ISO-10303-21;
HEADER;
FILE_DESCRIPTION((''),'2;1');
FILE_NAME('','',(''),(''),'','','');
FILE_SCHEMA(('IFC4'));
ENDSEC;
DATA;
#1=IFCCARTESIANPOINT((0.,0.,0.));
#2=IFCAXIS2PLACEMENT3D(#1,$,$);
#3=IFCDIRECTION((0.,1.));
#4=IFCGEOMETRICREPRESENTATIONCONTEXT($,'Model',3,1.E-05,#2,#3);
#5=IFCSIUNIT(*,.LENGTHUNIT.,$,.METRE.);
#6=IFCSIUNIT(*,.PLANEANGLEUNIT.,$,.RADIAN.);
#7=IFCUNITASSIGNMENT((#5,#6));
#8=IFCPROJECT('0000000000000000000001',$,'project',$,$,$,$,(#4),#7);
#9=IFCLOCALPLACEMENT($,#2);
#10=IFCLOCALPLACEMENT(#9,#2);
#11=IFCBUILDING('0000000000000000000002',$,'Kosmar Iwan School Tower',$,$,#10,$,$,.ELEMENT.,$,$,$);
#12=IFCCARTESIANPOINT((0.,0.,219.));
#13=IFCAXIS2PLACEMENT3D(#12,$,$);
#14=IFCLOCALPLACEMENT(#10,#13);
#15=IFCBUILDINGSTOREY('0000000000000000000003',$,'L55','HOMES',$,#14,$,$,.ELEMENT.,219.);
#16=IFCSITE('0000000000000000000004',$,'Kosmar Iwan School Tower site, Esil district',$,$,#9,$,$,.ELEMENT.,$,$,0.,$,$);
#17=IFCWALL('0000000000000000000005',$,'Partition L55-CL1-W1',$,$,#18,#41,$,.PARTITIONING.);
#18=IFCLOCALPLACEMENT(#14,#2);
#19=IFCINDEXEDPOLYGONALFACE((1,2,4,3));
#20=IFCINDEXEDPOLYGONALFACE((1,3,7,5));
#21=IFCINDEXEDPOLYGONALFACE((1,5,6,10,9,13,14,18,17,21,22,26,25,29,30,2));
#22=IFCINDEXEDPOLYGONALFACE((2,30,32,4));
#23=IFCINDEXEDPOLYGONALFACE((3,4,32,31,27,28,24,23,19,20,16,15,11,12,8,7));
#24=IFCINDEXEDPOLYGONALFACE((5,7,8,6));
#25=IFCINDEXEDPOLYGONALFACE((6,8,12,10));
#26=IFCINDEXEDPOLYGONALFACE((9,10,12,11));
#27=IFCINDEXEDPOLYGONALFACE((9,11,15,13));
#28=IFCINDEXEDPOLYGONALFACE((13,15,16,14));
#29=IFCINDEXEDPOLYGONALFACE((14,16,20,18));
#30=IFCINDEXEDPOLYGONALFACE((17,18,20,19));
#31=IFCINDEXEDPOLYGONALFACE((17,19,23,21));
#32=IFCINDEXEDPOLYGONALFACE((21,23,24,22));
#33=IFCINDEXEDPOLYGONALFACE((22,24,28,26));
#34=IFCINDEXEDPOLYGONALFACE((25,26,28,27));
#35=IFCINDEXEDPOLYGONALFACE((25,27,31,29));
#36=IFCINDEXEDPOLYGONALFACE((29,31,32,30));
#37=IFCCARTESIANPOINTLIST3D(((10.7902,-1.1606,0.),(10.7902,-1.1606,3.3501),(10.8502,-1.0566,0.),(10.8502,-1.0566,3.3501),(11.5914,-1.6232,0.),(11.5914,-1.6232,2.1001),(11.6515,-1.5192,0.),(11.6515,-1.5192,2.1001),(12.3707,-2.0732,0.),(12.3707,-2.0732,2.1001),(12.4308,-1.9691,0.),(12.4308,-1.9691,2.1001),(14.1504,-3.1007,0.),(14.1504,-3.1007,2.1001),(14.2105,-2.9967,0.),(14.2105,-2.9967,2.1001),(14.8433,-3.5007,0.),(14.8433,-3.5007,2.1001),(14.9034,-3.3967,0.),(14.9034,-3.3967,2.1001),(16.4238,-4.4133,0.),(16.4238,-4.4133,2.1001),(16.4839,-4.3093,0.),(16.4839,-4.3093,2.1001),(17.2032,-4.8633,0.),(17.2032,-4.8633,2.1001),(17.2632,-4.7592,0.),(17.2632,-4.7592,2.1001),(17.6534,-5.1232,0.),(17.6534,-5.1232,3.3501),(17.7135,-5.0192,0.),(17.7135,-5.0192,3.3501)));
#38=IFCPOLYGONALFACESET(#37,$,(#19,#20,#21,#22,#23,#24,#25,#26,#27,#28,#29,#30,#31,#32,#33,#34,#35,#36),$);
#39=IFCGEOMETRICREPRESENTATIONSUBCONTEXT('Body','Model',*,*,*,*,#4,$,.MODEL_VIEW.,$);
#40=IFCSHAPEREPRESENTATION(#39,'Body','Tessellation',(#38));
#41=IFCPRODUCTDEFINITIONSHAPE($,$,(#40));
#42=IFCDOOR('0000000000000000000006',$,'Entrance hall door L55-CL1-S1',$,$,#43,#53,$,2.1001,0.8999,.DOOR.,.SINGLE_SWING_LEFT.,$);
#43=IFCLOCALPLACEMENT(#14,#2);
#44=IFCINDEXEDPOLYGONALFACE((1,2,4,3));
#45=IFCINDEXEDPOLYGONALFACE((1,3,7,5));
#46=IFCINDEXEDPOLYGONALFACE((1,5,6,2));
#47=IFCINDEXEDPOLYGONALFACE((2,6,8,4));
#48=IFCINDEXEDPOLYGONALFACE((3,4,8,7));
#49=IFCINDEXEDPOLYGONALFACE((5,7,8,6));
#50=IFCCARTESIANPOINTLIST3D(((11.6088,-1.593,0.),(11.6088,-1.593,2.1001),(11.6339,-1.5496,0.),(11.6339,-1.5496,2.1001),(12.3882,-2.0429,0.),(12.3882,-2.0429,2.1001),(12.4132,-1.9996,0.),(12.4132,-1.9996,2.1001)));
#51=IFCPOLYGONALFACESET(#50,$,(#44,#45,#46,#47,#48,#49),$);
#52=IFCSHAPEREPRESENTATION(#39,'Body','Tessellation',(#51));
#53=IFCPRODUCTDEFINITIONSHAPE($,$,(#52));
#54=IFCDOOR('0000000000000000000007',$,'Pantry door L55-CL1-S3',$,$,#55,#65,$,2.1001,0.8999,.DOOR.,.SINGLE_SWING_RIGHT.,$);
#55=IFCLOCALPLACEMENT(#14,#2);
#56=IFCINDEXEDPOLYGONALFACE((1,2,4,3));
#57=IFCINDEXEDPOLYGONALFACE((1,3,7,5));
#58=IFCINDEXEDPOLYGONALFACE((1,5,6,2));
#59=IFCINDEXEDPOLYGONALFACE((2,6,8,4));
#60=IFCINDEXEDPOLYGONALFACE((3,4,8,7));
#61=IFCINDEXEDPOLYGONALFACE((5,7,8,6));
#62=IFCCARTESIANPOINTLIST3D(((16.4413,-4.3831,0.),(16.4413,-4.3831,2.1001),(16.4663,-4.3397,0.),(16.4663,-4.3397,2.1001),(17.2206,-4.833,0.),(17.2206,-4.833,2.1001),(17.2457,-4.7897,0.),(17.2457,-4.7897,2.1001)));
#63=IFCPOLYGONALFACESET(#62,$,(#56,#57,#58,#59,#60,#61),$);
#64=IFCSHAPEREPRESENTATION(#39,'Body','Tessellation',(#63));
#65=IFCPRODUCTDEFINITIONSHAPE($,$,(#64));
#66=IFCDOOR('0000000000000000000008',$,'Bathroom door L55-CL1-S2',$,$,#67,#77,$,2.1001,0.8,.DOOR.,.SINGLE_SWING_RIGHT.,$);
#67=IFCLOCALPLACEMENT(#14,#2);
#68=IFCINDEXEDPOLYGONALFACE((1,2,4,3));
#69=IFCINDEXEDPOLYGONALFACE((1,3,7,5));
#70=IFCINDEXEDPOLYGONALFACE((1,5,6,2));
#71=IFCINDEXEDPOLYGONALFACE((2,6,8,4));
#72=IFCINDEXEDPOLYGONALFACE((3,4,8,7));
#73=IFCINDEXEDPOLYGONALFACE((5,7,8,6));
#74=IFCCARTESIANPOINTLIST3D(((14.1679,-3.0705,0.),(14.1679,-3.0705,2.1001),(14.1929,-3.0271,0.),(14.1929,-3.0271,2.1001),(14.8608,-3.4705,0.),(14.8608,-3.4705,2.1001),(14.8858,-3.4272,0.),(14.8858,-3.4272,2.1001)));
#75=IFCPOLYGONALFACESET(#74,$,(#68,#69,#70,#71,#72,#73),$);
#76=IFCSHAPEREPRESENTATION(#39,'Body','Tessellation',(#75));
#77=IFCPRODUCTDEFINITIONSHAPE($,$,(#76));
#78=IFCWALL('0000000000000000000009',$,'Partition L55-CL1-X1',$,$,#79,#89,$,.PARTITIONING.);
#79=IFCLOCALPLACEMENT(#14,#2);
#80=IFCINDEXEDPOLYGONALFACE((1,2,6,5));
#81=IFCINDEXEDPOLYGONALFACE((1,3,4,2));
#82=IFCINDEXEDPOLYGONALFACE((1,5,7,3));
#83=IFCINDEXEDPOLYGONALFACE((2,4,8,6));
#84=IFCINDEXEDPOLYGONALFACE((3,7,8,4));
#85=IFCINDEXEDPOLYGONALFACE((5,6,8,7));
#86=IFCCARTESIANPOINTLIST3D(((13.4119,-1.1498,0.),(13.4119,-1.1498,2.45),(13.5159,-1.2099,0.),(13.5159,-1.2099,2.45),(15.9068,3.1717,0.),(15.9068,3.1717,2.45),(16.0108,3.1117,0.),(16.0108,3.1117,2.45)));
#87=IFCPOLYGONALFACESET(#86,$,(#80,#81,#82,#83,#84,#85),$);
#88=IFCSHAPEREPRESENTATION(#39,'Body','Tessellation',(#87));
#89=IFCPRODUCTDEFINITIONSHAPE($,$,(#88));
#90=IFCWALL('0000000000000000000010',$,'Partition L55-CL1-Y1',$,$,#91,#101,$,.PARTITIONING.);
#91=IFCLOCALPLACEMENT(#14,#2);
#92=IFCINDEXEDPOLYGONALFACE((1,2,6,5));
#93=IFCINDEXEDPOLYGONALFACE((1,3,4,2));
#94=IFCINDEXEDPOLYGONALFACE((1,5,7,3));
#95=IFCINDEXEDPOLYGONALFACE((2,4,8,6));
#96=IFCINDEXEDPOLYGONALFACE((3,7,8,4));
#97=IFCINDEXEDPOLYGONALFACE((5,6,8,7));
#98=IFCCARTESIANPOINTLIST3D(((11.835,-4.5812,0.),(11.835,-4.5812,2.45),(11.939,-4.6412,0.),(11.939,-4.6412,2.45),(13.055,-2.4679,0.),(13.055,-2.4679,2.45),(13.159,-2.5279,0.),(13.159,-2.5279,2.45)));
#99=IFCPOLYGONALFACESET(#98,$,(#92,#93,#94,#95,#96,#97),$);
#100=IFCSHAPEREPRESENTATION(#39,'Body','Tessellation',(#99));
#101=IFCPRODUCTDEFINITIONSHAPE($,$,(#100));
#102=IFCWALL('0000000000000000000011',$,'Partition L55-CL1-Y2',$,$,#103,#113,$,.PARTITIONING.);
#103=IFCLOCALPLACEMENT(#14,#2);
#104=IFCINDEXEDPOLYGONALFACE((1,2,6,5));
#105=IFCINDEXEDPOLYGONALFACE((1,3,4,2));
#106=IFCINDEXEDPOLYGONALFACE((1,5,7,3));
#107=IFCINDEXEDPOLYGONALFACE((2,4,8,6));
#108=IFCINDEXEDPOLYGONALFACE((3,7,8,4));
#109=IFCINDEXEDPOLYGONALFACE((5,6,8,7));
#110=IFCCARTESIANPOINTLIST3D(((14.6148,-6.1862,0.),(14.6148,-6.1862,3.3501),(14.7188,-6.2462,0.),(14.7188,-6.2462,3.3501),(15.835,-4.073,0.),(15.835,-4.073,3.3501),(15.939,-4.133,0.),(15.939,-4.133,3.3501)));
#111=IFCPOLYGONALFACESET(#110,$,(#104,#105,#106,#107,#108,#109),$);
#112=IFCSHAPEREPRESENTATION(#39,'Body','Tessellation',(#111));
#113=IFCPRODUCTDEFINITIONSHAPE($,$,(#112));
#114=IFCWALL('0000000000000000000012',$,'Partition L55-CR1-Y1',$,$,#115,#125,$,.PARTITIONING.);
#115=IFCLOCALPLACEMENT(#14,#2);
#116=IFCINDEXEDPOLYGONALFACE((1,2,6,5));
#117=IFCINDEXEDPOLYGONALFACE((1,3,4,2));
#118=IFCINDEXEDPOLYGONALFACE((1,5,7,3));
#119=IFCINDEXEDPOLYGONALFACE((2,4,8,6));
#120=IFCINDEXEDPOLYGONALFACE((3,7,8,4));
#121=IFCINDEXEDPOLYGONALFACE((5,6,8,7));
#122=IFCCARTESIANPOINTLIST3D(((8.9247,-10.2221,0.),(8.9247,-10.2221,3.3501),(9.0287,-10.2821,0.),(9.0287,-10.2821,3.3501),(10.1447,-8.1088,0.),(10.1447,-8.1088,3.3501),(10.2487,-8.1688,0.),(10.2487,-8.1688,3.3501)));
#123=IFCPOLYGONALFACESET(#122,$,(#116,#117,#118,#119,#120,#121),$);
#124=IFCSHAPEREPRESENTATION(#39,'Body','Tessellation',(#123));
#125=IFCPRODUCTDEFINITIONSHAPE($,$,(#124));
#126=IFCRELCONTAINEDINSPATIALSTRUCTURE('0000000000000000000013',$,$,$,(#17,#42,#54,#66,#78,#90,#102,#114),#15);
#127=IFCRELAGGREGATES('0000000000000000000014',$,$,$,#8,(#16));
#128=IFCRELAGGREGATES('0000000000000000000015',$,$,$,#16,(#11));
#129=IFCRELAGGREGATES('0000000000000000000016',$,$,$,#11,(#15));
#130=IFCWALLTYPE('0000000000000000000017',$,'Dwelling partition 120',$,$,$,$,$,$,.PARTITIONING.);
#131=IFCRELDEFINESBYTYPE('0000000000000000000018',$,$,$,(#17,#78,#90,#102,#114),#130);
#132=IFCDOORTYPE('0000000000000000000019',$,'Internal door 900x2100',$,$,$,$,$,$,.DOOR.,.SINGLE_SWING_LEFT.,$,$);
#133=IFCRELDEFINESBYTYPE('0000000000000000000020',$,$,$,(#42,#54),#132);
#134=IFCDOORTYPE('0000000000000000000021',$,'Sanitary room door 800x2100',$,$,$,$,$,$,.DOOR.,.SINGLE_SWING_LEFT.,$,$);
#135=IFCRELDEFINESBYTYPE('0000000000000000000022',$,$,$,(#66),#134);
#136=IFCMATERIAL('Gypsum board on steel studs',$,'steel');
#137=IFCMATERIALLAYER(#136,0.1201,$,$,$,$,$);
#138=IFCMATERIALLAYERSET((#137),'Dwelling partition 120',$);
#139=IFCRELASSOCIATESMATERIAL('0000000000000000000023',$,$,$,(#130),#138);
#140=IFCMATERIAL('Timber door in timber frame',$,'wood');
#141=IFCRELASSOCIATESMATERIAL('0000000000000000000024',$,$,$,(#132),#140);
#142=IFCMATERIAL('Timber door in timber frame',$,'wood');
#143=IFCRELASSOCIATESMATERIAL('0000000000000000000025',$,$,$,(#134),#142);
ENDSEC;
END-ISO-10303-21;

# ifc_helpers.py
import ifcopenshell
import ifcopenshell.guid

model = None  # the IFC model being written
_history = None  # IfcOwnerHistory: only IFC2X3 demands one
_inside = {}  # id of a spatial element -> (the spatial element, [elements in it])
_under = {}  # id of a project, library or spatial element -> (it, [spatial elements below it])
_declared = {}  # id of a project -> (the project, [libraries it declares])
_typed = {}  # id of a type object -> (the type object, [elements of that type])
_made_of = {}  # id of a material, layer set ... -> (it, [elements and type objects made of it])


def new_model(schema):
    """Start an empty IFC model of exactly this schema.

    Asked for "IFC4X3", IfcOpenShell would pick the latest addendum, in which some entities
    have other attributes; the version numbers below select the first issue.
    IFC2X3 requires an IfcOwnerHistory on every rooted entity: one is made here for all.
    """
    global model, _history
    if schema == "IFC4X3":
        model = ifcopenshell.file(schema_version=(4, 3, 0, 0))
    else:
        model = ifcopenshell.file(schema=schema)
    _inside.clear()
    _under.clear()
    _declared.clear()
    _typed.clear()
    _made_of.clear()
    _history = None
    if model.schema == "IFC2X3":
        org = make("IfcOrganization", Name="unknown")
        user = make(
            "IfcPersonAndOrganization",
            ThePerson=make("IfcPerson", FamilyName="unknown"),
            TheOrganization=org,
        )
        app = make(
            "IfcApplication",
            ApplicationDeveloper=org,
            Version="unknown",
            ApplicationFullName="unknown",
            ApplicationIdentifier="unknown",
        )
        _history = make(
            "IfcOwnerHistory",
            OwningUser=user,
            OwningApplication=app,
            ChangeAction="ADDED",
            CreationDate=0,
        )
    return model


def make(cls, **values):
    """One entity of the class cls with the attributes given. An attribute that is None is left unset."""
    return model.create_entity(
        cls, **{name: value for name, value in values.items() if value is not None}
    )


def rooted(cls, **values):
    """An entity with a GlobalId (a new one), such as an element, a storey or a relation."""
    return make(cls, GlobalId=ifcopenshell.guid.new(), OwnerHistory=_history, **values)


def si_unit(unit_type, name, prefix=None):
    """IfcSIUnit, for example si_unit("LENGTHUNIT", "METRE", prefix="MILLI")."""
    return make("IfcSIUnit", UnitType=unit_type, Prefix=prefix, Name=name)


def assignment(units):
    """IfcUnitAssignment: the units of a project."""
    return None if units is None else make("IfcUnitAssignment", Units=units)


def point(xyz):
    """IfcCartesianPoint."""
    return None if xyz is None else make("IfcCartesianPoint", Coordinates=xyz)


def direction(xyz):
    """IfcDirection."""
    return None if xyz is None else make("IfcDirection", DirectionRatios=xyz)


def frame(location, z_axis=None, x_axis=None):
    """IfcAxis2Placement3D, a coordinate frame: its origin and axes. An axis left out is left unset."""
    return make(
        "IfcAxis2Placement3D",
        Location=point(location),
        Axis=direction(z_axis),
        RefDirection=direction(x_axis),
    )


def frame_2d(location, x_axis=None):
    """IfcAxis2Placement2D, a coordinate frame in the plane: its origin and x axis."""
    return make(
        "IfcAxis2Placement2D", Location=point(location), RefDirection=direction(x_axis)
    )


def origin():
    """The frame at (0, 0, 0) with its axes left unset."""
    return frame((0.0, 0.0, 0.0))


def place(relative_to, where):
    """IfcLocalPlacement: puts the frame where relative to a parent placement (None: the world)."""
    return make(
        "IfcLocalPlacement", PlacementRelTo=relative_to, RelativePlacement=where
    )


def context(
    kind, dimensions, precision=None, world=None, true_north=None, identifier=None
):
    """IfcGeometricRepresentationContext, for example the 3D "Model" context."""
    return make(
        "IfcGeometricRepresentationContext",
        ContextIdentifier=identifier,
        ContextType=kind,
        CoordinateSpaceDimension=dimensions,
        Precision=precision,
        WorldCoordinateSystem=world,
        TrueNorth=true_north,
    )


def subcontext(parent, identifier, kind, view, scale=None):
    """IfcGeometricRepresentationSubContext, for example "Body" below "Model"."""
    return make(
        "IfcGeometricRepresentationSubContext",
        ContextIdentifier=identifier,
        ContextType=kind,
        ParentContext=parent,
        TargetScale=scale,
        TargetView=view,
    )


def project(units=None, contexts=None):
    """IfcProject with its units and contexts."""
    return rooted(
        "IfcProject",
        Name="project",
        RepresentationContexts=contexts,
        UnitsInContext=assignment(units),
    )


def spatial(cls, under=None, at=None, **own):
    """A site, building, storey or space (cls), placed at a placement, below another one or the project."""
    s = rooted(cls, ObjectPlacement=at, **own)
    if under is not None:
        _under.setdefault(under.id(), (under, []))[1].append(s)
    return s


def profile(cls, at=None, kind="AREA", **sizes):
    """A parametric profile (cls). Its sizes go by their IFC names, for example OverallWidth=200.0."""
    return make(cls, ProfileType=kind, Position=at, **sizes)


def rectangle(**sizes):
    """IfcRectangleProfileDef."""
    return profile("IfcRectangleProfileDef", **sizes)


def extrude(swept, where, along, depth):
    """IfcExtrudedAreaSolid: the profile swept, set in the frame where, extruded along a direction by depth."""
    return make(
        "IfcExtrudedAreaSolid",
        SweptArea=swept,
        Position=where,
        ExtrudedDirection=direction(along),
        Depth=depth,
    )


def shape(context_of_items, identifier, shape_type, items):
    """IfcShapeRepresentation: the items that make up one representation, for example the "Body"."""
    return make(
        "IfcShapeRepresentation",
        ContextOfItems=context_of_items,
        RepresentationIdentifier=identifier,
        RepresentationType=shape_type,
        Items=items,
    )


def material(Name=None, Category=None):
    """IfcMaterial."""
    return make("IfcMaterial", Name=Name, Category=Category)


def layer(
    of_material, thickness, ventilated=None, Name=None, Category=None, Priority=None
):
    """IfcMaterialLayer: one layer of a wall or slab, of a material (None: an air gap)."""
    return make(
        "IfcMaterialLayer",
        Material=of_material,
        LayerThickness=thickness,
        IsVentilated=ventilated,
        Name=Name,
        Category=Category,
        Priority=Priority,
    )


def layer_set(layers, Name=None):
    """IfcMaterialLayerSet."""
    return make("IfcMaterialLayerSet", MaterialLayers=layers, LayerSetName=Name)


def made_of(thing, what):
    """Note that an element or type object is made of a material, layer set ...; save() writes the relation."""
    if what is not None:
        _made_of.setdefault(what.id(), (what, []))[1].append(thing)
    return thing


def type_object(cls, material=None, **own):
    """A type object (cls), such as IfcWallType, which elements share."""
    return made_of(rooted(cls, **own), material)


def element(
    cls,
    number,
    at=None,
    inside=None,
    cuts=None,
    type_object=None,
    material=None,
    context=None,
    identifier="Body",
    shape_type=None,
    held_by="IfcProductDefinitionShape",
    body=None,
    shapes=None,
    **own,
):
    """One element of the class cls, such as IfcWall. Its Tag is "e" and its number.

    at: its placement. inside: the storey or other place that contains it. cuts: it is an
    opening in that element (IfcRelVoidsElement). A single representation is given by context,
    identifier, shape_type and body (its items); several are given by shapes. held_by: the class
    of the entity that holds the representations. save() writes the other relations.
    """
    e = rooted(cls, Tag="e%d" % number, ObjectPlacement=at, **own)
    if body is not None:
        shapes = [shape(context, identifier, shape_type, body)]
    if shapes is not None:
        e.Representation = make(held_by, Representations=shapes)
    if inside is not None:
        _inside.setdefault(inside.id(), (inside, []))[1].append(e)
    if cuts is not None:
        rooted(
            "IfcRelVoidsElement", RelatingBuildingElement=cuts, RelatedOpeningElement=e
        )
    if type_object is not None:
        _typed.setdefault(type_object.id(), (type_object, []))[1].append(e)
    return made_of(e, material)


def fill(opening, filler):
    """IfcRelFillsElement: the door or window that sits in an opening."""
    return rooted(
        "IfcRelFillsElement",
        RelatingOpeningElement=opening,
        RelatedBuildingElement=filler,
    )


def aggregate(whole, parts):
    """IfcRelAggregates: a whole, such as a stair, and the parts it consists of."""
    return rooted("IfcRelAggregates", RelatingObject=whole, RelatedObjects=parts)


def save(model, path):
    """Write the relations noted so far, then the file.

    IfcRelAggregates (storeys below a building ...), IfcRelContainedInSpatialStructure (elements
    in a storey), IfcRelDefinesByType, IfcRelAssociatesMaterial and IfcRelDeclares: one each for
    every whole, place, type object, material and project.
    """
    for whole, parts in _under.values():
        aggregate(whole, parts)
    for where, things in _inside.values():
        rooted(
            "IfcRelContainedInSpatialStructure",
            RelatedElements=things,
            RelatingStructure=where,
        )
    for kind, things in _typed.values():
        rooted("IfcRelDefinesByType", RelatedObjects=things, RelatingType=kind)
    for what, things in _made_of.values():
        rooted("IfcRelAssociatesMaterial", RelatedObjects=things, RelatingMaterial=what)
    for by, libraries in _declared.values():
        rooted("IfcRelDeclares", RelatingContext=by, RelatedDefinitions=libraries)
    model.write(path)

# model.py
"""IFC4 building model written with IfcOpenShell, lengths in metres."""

from ifc_helpers import new_model, si_unit, direction, frame, frame_2d, origin, place, context, subcontext, project, spatial, rectangle, extrude, material, layer, layer_set, type_object, element, fill, save


model = new_model("IFC4")

# Units and contexts
model_context = context("Model", 3, precision=1e-05, world=origin(), true_north=direction((0.0, 1.0)))
body_context = subcontext(model_context, "Body", "Model", "MODEL_VIEW")
ifc_project = project(units=[si_unit("LENGTHUNIT", "METRE"), si_unit("PLANEANGLEUNIT", "RADIAN")], contexts=[model_context])

# Site, building, storey
site_placement = place(None, origin())
site = spatial("IfcSite", under=ifc_project, at=site_placement, Name="Kosmar Iwan School Tower site, Esil district", CompositionType="ELEMENT", RefElevation=0.0)
building_placement = place(site_placement, origin())
building = spatial("IfcBuilding", under=site, at=building_placement, Name="Kosmar Iwan School Tower", CompositionType="ELEMENT")
storey_placement = place(building_placement, frame((0.0, 0.0, 219.0)))
storey = spatial("IfcBuildingStorey", under=building, at=storey_placement, Name="L55", Description="HOMES", CompositionType="ELEMENT", Elevation=219.0)

# Wall, openings, doors
ifc_material_1 = material(Name="Gypsum board on steel studs", Category="steel")
ifc_layer_1 = layer(ifc_material_1, 0.1201)
ifc_layer_set_1 = layer_set([ifc_layer_1], Name="Dwelling partition 120")
wall_type_1 = type_object("IfcWallType", Name="Dwelling partition 120", PredefinedType="PARTITIONING", material=ifc_layer_set_1)
wall_1_placement = place(storey_placement, frame((10.8203, -1.1086, 0.0), z_axis=(0.0, 0.0, 1.0), x_axis=(0.866018, -0.500012, 0.0)))
wall_1 = element("IfcWall", 1, at=wall_1_placement, inside=storey, type_object=wall_type_1, Name="Partition L55-CL1-W1", PredefinedType="PARTITIONING", context=body_context, shape_type="SweptSolid", body=[
    extrude(rectangle(XDim=7.925, YDim=0.1201, at=frame_2d((3.9624, 0.0))), origin(), (0.0, 0.0, 1.0), 3.3501),
])
opening_1_placement = place(wall_1_placement, frame((0.925, 0.0, 0.0)))
opening_1 = element("IfcOpeningElement", 2, at=opening_1_placement, cuts=wall_1, PredefinedType="OPENING", context=body_context, shape_type="SweptSolid", body=[
    extrude(rectangle(XDim=0.8999, YDim=2.1001, at=frame_2d((0.45, 1.05))), frame((0.0, 0.072, 0.0), z_axis=(0.0, -1.0, 0.0), x_axis=(1.0, 0.0, 0.0)), (0.0, 0.0, 1.0), 0.144),
])
opening_2_placement = place(wall_1_placement, frame((3.8801, 0.0, 0.0)))
opening_2 = element("IfcOpeningElement", 3, at=opening_2_placement, cuts=wall_1, PredefinedType="OPENING", context=body_context, shape_type="SweptSolid", body=[
    extrude(rectangle(XDim=0.8, YDim=2.1001, at=frame_2d((0.3999, 1.05))), frame((0.0, 0.072, 0.0), z_axis=(0.0, -1.0, 0.0), x_axis=(1.0, 0.0, 0.0)), (0.0, 0.0, 1.0), 0.144),
])
opening_3_placement = place(wall_1_placement, frame((6.5051, 0.0, 0.0)))
opening_3 = element("IfcOpeningElement", 4, at=opening_3_placement, cuts=wall_1, PredefinedType="OPENING", context=body_context, shape_type="SweptSolid", body=[
    extrude(rectangle(XDim=0.8999, YDim=2.1001, at=frame_2d((0.45, 1.05))), frame((0.0, 0.072, 0.0), z_axis=(0.0, -1.0, 0.0), x_axis=(1.0, 0.0, 0.0)), (0.0, 0.0, 1.0), 0.144),
])
ifc_material_2 = material(Name="Timber door in timber frame", Category="wood")
door_type_1 = type_object("IfcDoorType", Name="Internal door 900x2100", OperationType="SINGLE_SWING_LEFT", PredefinedType="DOOR", material=ifc_material_2)
door_1_placement = place(opening_1_placement, origin())
door_1 = element("IfcDoor", 5, at=door_1_placement, inside=storey, type_object=door_type_1, Name="Entrance hall door L55-CL1-S1", OperationType="SINGLE_SWING_LEFT", OverallHeight=2.1001, OverallWidth=0.8999, PredefinedType="DOOR", context=body_context, shape_type="SweptSolid", body=[
    extrude(rectangle(XDim=0.8999, YDim=2.1001, at=frame_2d((0.45, 1.05))), frame((0.0, 0.0249, 0.0), z_axis=(0.0, -1.0, 0.0), x_axis=(1.0, 0.0, 0.0)), (0.0, 0.0, 1.0), 0.05),
])
fill(opening_1, door_1)
door_2_placement = place(opening_3_placement, origin())
door_2 = element("IfcDoor", 6, at=door_2_placement, inside=storey, type_object=door_type_1, Name="Pantry door L55-CL1-S3", OperationType="SINGLE_SWING_RIGHT", OverallHeight=2.1001, OverallWidth=0.8999, PredefinedType="DOOR", context=body_context, shape_type="SweptSolid", body=[
    extrude(rectangle(XDim=0.8999, YDim=2.1001, at=frame_2d((0.45, 1.05))), frame((0.0, 0.0249, 0.0), z_axis=(0.0, -1.0, 0.0), x_axis=(1.0, 0.0, 0.0)), (0.0, 0.0, 1.0), 0.05),
])
fill(opening_3, door_2)
ifc_material_3 = material(Name="Timber door in timber frame", Category="wood")
door_type_2 = type_object("IfcDoorType", Name="Sanitary room door 800x2100", OperationType="SINGLE_SWING_LEFT", PredefinedType="DOOR", material=ifc_material_3)
door_3_placement = place(opening_2_placement, origin())
door_3 = element("IfcDoor", 7, at=door_3_placement, inside=storey, type_object=door_type_2, Name="Bathroom door L55-CL1-S2", OperationType="SINGLE_SWING_RIGHT", OverallHeight=2.1001, OverallWidth=0.8, PredefinedType="DOOR", context=body_context, shape_type="SweptSolid", body=[
    extrude(rectangle(XDim=0.8, YDim=2.1001, at=frame_2d((0.3999, 1.05))), frame((0.0, 0.0249, 0.0), z_axis=(0.0, -1.0, 0.0), x_axis=(1.0, 0.0, 0.0)), (0.0, 0.0, 1.0), 0.05),
])
fill(opening_2, door_3)

# Walls
wall_2_placement = place(storey_placement, frame((13.4639, -1.1799, 0.0), z_axis=(0.0, 0.0, 1.0), x_axis=(0.499975, 0.86604, 0.0)))
element("IfcWall", 8, at=wall_2_placement, inside=storey, type_object=wall_type_1, Name="Partition L55-CL1-X1", PredefinedType="PARTITIONING", context=body_context, shape_type="SweptSolid", body=[
    extrude(rectangle(XDim=4.99, YDim=0.1201, at=frame_2d((2.4951, 0.0))), origin(), (0.0, 0.0, 1.0), 2.45),
])
wall_3_placement = place(storey_placement, frame((11.887, -4.6113, 0.0), z_axis=(0.0, 0.0, 1.0), x_axis=(0.499959, 0.866049, 0.0)))
element("IfcWall", 9, at=wall_3_placement, inside=storey, type_object=wall_type_1, Name="Partition L55-CL1-Y1", PredefinedType="PARTITIONING", context=body_context, shape_type="SweptSolid", body=[
    extrude(rectangle(XDim=2.4402, YDim=0.1201, at=frame_2d((1.2202, 0.0))), origin(), (0.0, 0.0, 1.0), 2.45),
])
for number, where, z_axis, x_axis, name in (
    (10, (14.6667, -6.2163, 0.0), (0.0, 0.0, 1.0), (0.500034, 0.866006, 0.0), "Partition L55-CL1-Y2"),
    (11, (10.1968, -8.1387, 0.0), (0.0, 0.0, 1.0), (-0.499959, -0.866049, 0.0), "Partition L55-CR1-Y1"),
):
    element("IfcWall", number, at=place(storey_placement, frame(where, z_axis=z_axis, x_axis=x_axis)), inside=storey, type_object=wall_type_1, Name=name, PredefinedType="PARTITIONING", context=body_context, shape_type="SweptSolid", body=[
        extrude(rectangle(XDim=2.4402, YDim=0.1201, at=frame_2d((1.2202, 0.0))), origin(), (0.0, 0.0, 1.0), 3.3501),
    ])

save(model, "model.ifc")
